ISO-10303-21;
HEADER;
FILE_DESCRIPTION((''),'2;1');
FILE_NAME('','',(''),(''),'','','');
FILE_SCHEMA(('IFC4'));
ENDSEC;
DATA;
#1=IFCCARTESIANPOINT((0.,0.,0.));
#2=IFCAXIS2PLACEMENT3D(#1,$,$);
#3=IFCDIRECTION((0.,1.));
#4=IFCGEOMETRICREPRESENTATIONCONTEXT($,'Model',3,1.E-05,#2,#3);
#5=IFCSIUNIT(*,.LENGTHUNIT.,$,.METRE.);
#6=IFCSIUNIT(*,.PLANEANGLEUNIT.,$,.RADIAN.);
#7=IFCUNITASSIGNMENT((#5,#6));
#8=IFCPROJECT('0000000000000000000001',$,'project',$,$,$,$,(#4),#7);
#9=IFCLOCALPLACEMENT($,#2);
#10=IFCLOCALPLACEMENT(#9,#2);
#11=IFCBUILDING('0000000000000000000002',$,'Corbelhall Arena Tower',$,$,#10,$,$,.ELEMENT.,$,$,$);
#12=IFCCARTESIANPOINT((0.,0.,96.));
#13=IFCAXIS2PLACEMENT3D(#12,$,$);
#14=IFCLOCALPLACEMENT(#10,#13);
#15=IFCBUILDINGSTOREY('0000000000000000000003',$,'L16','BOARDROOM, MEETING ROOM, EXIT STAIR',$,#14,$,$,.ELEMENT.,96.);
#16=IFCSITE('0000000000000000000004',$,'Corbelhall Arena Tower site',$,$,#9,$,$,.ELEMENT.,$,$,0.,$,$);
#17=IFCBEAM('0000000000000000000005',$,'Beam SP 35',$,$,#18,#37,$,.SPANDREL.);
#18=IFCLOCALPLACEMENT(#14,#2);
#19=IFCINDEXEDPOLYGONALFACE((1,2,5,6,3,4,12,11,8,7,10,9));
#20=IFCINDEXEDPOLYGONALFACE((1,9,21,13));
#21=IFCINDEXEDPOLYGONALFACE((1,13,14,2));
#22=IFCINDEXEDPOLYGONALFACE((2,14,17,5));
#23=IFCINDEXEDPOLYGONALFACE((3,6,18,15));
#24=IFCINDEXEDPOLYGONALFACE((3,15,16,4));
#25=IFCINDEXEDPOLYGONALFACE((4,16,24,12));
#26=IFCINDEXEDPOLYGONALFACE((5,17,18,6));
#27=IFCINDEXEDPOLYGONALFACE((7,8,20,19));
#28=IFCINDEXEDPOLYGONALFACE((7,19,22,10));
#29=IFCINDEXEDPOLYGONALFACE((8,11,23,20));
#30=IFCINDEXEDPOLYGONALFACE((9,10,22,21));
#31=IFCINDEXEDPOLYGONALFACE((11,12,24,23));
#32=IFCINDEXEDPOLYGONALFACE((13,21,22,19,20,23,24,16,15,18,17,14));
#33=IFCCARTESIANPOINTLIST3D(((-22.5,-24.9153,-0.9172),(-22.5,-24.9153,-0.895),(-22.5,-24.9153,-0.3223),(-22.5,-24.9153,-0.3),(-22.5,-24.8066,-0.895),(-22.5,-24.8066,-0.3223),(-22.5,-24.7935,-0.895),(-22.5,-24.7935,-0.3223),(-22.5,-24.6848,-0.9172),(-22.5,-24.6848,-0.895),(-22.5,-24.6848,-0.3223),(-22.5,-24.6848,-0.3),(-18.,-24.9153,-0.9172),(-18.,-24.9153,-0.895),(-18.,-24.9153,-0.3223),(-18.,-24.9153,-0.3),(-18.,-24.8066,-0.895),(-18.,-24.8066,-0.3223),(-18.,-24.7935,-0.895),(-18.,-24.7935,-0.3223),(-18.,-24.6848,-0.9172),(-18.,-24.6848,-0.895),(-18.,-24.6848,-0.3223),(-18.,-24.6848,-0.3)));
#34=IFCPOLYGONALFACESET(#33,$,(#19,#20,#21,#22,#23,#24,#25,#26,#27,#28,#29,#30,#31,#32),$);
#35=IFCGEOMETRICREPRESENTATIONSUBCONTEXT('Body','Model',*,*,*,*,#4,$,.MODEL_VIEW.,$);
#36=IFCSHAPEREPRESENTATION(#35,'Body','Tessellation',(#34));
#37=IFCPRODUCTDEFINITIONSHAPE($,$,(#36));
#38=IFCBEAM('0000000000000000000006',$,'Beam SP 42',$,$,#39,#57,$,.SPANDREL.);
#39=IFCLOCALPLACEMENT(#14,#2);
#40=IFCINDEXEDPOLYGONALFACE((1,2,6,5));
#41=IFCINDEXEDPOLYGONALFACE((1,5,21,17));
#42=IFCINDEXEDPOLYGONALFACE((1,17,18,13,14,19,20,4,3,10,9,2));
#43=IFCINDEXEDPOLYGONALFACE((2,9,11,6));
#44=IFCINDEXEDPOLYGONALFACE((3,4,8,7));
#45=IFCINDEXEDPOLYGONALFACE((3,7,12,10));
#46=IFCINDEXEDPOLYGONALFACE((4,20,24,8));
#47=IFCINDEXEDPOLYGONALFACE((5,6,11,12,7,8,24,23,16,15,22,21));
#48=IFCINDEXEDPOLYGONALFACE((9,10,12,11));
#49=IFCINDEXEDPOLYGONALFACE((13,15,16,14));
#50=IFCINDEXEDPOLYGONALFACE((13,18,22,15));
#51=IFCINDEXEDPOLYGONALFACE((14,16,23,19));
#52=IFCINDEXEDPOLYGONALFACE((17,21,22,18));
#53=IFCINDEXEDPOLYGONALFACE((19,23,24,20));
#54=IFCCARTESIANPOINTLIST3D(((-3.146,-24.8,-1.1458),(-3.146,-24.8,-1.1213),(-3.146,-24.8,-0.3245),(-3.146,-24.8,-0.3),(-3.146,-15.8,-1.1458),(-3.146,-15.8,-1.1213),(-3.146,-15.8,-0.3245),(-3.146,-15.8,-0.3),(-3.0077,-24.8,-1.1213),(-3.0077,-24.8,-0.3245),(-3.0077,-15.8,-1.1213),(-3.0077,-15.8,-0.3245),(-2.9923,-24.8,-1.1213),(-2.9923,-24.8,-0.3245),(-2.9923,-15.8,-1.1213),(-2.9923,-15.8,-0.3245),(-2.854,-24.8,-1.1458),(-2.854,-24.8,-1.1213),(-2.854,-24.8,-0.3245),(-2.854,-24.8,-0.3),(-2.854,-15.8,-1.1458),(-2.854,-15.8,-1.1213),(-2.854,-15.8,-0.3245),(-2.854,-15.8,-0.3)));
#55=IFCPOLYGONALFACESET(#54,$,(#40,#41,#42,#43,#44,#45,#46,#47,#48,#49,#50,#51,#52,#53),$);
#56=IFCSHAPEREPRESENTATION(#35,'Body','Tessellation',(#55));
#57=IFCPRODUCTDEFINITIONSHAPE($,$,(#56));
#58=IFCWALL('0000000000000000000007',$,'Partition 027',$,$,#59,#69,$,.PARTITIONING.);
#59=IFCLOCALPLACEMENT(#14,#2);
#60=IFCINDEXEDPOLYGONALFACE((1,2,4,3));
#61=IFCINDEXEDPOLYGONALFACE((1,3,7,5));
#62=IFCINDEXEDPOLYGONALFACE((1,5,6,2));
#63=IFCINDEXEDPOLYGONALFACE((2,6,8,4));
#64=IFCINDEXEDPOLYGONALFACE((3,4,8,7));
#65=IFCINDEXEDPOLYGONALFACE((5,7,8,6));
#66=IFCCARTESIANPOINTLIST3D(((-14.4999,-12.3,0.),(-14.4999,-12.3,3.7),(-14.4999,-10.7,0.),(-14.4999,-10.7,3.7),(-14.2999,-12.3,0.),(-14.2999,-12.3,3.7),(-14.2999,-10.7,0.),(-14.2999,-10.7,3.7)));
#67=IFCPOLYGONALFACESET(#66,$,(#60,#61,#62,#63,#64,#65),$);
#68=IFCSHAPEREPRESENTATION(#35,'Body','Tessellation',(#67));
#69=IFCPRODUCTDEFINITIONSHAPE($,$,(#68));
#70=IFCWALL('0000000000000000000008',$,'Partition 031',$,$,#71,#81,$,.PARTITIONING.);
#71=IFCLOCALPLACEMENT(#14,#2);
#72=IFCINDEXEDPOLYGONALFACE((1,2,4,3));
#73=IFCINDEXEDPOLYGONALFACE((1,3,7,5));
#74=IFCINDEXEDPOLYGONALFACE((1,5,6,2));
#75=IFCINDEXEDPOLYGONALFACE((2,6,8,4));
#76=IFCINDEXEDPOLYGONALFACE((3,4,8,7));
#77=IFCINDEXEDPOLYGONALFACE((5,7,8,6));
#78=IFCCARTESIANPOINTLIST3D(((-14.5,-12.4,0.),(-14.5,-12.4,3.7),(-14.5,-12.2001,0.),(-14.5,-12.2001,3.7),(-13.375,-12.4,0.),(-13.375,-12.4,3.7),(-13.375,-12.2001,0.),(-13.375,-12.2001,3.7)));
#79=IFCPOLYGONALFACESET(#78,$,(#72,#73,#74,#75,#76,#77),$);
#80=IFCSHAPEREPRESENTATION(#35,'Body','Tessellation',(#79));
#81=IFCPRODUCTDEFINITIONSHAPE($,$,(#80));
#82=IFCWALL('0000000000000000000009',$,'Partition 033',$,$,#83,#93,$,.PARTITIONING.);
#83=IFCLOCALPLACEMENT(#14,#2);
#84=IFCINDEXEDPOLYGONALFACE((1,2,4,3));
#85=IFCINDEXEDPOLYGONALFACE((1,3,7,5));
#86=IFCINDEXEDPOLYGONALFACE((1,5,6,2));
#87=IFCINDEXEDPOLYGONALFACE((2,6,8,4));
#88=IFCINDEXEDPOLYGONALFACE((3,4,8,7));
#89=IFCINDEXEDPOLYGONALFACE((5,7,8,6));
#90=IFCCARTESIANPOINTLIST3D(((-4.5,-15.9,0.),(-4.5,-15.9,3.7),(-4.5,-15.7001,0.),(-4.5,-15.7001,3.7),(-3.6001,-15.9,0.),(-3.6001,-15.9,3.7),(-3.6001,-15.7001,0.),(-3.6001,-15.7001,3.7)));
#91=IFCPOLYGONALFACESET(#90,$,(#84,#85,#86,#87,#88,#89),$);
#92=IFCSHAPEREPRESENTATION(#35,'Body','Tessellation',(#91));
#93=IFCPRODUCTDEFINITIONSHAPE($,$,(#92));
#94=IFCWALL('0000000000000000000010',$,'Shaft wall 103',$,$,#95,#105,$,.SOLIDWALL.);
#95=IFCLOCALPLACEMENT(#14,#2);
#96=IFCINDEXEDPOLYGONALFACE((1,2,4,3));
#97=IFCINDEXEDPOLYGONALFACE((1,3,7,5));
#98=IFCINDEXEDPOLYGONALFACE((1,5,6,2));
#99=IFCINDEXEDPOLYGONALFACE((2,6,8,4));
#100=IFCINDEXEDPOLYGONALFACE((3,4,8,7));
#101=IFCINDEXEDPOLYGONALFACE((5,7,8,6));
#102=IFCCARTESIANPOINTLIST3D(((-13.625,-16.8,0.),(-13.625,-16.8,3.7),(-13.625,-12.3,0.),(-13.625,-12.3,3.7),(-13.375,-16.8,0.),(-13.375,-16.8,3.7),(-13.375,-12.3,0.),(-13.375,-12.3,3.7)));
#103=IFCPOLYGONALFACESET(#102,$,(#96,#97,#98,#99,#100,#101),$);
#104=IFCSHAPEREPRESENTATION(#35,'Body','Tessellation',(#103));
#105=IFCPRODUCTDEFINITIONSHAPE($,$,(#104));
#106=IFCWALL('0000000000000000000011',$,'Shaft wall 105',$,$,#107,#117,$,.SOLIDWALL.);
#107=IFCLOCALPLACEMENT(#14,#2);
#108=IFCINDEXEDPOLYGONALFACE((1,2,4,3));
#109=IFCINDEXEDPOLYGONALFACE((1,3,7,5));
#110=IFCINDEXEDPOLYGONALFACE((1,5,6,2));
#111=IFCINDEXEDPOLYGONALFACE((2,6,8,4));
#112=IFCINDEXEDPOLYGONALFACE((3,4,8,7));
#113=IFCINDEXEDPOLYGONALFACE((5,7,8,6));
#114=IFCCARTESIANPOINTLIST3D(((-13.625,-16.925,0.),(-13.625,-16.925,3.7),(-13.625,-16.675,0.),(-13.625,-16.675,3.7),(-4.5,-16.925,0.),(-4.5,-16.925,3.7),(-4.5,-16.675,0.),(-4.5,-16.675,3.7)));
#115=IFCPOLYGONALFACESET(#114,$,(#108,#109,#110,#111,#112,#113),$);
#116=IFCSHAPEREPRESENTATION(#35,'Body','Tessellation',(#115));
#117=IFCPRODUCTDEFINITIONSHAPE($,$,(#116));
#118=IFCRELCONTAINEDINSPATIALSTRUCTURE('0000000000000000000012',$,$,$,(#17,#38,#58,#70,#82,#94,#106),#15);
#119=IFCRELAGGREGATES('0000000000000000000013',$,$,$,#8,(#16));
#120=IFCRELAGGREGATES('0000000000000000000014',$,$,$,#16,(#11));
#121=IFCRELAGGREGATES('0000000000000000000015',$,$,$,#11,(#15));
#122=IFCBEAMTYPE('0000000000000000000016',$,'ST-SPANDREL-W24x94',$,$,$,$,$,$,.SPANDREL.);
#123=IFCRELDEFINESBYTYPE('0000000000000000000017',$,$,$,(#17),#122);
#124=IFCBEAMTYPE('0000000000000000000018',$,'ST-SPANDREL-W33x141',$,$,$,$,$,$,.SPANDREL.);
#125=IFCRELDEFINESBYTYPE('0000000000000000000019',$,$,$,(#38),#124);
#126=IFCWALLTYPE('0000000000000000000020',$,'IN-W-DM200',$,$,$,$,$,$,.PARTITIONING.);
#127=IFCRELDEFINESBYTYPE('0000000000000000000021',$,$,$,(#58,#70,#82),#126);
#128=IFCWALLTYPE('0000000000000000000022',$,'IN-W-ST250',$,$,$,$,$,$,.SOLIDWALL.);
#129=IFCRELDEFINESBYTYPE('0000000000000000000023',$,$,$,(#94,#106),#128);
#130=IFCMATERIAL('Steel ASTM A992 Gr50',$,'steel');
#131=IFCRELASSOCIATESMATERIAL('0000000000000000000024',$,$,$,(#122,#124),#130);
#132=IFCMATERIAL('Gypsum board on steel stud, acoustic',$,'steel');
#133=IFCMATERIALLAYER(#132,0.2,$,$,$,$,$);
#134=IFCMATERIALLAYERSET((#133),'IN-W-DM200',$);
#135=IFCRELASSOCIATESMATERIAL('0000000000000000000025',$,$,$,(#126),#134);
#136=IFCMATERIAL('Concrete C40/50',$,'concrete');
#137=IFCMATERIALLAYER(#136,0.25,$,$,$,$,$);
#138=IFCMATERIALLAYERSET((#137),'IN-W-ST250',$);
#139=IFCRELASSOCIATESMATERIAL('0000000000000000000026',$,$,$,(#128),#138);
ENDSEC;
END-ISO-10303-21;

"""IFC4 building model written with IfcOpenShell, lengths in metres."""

from ifc_helpers import new_model, si_unit, direction, frame, frame_2d, origin, origin_2d, place, context, subcontext, project, spatial, rectangle, i_section, extrude, material, layer, layer_set, material_profile, profile_set, type_object, element, save


model = new_model("IFC4")

# Units and contexts
model_context = context("Model", 3, precision=1e-05, world=origin(), true_north=direction((0.0, 1.0)))
body_context = subcontext(model_context, "Body", "Model", "MODEL_VIEW")
ifc_project = project(units=[si_unit("LENGTHUNIT", "METRE"), si_unit("PLANEANGLEUNIT", "RADIAN")], contexts=[model_context])

# Site, building, storey
site_placement = place(None, origin())
site = spatial("IfcSite", under=ifc_project, at=site_placement, Name="Corbelhall Arena Tower site", CompositionType="ELEMENT", RefElevation=0.0)
building_placement = place(site_placement, origin())
building = spatial("IfcBuilding", under=site, at=building_placement, Name="Corbelhall Arena Tower", CompositionType="ELEMENT")
storey_placement = place(building_placement, frame((0.0, 0.0, 96.0)))
storey = spatial("IfcBuildingStorey", under=building, at=storey_placement, Name="L16", Description="BOARDROOM, MEETING ROOM, EXIT STAIR", CompositionType="ELEMENT", Elevation=96.0)

# Beams
ifc_material_1 = material(Name="Steel ASTM A992 Gr50", Category="steel")
ifc_material_profile_1 = material_profile(ifc_material_1, i_section(OverallWidth=0.2305, OverallDepth=0.6172, WebThickness=0.0132, FlangeThickness=0.0222, at=origin_2d()))
ifc_profile_set_1 = profile_set([ifc_material_profile_1], Name="Steel ASTM A992 Gr50")
beam_type_1 = type_object("IfcBeamType", Name="ST-SPANDREL-W24x94", PredefinedType="SPANDREL", material=ifc_profile_set_1)
for number, where, z_axis, x_axis, name in (
    (1, (-18.0, -24.8, -0.6086), (-1.0, 0.0, 0.0), (0.0, -1.0, 0.0), "Beam SP 35"),
):
    element("IfcBeam", number, at=place(storey_placement, frame(where, z_axis=z_axis, x_axis=x_axis)), inside=storey, type_object=beam_type_1, Name=name, PredefinedType="SPANDREL", context=body_context, shape_type="SweptSolid", body=[
        extrude(i_section(OverallWidth=0.2305, OverallDepth=0.6172, WebThickness=0.0132, FlangeThickness=0.0222, at=origin_2d()), origin(), (0.0, 0.0, 1.0), 4.5),
    ])
ifc_material_profile_2 = material_profile(ifc_material_1, i_section(OverallWidth=0.292, OverallDepth=0.8457, WebThickness=0.0154, FlangeThickness=0.0244, at=origin_2d()))
ifc_profile_set_2 = profile_set([ifc_material_profile_2], Name="Steel ASTM A992 Gr50")
beam_type_2 = type_object("IfcBeamType", Name="ST-SPANDREL-W33x141", PredefinedType="SPANDREL", material=ifc_profile_set_2)
beam_1_placement = place(storey_placement, frame((-3.0, -15.8, -0.7229), z_axis=(0.0, -1.0, 0.0), x_axis=(1.0, 0.0, 0.0)))
element("IfcBeam", 2, at=beam_1_placement, inside=storey, type_object=beam_type_2, Name="Beam SP 42", PredefinedType="SPANDREL", context=body_context, shape_type="SweptSolid", body=[
    extrude(i_section(OverallWidth=0.292, OverallDepth=0.8457, WebThickness=0.0154, FlangeThickness=0.0244, at=origin_2d()), origin(), (0.0, 0.0, 1.0), 9.0),
])

# Walls
ifc_material_2 = material(Name="Gypsum board on steel stud, acoustic", Category="steel")
ifc_layer_1 = layer(ifc_material_2, 0.2)
ifc_layer_set_1 = layer_set([ifc_layer_1], Name="IN-W-DM200")
wall_type_1 = type_object("IfcWallType", Name="IN-W-DM200", PredefinedType="PARTITIONING", material=ifc_layer_set_1)
wall_1_placement = place(storey_placement, frame((-14.3999, -12.3, 0.0), z_axis=(0.0, 0.0, 1.0), x_axis=(0.0, 1.0, 0.0)))
element("IfcWall", 3, at=wall_1_placement, inside=storey, type_object=wall_type_1, Name="Partition 027", PredefinedType="PARTITIONING", context=body_context, shape_type="SweptSolid", body=[
    extrude(rectangle(XDim=1.6001, YDim=0.2, at=frame_2d((0.8, 0.0))), origin(), (0.0, 0.0, 1.0), 3.7),
])
wall_2_placement = place(storey_placement, frame((-13.375, -12.3, 0.0), z_axis=(0.0, 0.0, 1.0), x_axis=(-1.0, 0.0, 0.0)))
element("IfcWall", 4, at=wall_2_placement, inside=storey, type_object=wall_type_1, Name="Partition 031", PredefinedType="PARTITIONING", context=body_context, shape_type="SweptSolid", body=[
    extrude(rectangle(XDim=1.125, YDim=0.2, at=frame_2d((0.5625, 0.0))), origin(), (0.0, 0.0, 1.0), 3.7),
])
wall_3_placement = place(storey_placement, frame((-3.6001, -15.8, 0.0), z_axis=(0.0, 0.0, 1.0), x_axis=(-1.0, 0.0, 0.0)))
element("IfcWall", 5, at=wall_3_placement, inside=storey, type_object=wall_type_1, Name="Partition 033", PredefinedType="PARTITIONING", context=body_context, shape_type="SweptSolid", body=[
    extrude(rectangle(XDim=0.8999, YDim=0.2, at=frame_2d((0.45, 0.0))), origin(), (0.0, 0.0, 1.0), 3.7),
])
ifc_material_3 = material(Name="Concrete C40/50", Category="concrete")
ifc_layer_2 = layer(ifc_material_3, 0.25)
ifc_layer_set_2 = layer_set([ifc_layer_2], Name="IN-W-ST250")
wall_type_2 = type_object("IfcWallType", Name="IN-W-ST250", PredefinedType="SOLIDWALL", material=ifc_layer_set_2)
wall_4_placement = place(storey_placement, frame((-13.5, -16.8, 0.0), z_axis=(0.0, 0.0, 1.0), x_axis=(0.0, 1.0, 0.0)))
element("IfcWall", 6, at=wall_4_placement, inside=storey, type_object=wall_type_2, Name="Shaft wall 103", PredefinedType="SOLIDWALL", context=body_context, shape_type="SweptSolid", body=[
    extrude(rectangle(XDim=4.5, YDim=0.25, at=frame_2d((2.25, 0.0))), origin(), (0.0, 0.0, 1.0), 3.7),
])
wall_5_placement = place(storey_placement, frame((-4.5, -16.8, 0.0), z_axis=(0.0, 0.0, 1.0), x_axis=(-1.0, 0.0, 0.0)))
element("IfcWall", 7, at=wall_5_placement, inside=storey, type_object=wall_type_2, Name="Shaft wall 105", PredefinedType="SOLIDWALL", context=body_context, shape_type="SweptSolid", body=[
    extrude(rectangle(XDim=9.125, YDim=0.25, at=frame_2d((4.5625, 0.0))), origin(), (0.0, 0.0, 1.0), 3.7),
])

save(model, "model.ifc")
